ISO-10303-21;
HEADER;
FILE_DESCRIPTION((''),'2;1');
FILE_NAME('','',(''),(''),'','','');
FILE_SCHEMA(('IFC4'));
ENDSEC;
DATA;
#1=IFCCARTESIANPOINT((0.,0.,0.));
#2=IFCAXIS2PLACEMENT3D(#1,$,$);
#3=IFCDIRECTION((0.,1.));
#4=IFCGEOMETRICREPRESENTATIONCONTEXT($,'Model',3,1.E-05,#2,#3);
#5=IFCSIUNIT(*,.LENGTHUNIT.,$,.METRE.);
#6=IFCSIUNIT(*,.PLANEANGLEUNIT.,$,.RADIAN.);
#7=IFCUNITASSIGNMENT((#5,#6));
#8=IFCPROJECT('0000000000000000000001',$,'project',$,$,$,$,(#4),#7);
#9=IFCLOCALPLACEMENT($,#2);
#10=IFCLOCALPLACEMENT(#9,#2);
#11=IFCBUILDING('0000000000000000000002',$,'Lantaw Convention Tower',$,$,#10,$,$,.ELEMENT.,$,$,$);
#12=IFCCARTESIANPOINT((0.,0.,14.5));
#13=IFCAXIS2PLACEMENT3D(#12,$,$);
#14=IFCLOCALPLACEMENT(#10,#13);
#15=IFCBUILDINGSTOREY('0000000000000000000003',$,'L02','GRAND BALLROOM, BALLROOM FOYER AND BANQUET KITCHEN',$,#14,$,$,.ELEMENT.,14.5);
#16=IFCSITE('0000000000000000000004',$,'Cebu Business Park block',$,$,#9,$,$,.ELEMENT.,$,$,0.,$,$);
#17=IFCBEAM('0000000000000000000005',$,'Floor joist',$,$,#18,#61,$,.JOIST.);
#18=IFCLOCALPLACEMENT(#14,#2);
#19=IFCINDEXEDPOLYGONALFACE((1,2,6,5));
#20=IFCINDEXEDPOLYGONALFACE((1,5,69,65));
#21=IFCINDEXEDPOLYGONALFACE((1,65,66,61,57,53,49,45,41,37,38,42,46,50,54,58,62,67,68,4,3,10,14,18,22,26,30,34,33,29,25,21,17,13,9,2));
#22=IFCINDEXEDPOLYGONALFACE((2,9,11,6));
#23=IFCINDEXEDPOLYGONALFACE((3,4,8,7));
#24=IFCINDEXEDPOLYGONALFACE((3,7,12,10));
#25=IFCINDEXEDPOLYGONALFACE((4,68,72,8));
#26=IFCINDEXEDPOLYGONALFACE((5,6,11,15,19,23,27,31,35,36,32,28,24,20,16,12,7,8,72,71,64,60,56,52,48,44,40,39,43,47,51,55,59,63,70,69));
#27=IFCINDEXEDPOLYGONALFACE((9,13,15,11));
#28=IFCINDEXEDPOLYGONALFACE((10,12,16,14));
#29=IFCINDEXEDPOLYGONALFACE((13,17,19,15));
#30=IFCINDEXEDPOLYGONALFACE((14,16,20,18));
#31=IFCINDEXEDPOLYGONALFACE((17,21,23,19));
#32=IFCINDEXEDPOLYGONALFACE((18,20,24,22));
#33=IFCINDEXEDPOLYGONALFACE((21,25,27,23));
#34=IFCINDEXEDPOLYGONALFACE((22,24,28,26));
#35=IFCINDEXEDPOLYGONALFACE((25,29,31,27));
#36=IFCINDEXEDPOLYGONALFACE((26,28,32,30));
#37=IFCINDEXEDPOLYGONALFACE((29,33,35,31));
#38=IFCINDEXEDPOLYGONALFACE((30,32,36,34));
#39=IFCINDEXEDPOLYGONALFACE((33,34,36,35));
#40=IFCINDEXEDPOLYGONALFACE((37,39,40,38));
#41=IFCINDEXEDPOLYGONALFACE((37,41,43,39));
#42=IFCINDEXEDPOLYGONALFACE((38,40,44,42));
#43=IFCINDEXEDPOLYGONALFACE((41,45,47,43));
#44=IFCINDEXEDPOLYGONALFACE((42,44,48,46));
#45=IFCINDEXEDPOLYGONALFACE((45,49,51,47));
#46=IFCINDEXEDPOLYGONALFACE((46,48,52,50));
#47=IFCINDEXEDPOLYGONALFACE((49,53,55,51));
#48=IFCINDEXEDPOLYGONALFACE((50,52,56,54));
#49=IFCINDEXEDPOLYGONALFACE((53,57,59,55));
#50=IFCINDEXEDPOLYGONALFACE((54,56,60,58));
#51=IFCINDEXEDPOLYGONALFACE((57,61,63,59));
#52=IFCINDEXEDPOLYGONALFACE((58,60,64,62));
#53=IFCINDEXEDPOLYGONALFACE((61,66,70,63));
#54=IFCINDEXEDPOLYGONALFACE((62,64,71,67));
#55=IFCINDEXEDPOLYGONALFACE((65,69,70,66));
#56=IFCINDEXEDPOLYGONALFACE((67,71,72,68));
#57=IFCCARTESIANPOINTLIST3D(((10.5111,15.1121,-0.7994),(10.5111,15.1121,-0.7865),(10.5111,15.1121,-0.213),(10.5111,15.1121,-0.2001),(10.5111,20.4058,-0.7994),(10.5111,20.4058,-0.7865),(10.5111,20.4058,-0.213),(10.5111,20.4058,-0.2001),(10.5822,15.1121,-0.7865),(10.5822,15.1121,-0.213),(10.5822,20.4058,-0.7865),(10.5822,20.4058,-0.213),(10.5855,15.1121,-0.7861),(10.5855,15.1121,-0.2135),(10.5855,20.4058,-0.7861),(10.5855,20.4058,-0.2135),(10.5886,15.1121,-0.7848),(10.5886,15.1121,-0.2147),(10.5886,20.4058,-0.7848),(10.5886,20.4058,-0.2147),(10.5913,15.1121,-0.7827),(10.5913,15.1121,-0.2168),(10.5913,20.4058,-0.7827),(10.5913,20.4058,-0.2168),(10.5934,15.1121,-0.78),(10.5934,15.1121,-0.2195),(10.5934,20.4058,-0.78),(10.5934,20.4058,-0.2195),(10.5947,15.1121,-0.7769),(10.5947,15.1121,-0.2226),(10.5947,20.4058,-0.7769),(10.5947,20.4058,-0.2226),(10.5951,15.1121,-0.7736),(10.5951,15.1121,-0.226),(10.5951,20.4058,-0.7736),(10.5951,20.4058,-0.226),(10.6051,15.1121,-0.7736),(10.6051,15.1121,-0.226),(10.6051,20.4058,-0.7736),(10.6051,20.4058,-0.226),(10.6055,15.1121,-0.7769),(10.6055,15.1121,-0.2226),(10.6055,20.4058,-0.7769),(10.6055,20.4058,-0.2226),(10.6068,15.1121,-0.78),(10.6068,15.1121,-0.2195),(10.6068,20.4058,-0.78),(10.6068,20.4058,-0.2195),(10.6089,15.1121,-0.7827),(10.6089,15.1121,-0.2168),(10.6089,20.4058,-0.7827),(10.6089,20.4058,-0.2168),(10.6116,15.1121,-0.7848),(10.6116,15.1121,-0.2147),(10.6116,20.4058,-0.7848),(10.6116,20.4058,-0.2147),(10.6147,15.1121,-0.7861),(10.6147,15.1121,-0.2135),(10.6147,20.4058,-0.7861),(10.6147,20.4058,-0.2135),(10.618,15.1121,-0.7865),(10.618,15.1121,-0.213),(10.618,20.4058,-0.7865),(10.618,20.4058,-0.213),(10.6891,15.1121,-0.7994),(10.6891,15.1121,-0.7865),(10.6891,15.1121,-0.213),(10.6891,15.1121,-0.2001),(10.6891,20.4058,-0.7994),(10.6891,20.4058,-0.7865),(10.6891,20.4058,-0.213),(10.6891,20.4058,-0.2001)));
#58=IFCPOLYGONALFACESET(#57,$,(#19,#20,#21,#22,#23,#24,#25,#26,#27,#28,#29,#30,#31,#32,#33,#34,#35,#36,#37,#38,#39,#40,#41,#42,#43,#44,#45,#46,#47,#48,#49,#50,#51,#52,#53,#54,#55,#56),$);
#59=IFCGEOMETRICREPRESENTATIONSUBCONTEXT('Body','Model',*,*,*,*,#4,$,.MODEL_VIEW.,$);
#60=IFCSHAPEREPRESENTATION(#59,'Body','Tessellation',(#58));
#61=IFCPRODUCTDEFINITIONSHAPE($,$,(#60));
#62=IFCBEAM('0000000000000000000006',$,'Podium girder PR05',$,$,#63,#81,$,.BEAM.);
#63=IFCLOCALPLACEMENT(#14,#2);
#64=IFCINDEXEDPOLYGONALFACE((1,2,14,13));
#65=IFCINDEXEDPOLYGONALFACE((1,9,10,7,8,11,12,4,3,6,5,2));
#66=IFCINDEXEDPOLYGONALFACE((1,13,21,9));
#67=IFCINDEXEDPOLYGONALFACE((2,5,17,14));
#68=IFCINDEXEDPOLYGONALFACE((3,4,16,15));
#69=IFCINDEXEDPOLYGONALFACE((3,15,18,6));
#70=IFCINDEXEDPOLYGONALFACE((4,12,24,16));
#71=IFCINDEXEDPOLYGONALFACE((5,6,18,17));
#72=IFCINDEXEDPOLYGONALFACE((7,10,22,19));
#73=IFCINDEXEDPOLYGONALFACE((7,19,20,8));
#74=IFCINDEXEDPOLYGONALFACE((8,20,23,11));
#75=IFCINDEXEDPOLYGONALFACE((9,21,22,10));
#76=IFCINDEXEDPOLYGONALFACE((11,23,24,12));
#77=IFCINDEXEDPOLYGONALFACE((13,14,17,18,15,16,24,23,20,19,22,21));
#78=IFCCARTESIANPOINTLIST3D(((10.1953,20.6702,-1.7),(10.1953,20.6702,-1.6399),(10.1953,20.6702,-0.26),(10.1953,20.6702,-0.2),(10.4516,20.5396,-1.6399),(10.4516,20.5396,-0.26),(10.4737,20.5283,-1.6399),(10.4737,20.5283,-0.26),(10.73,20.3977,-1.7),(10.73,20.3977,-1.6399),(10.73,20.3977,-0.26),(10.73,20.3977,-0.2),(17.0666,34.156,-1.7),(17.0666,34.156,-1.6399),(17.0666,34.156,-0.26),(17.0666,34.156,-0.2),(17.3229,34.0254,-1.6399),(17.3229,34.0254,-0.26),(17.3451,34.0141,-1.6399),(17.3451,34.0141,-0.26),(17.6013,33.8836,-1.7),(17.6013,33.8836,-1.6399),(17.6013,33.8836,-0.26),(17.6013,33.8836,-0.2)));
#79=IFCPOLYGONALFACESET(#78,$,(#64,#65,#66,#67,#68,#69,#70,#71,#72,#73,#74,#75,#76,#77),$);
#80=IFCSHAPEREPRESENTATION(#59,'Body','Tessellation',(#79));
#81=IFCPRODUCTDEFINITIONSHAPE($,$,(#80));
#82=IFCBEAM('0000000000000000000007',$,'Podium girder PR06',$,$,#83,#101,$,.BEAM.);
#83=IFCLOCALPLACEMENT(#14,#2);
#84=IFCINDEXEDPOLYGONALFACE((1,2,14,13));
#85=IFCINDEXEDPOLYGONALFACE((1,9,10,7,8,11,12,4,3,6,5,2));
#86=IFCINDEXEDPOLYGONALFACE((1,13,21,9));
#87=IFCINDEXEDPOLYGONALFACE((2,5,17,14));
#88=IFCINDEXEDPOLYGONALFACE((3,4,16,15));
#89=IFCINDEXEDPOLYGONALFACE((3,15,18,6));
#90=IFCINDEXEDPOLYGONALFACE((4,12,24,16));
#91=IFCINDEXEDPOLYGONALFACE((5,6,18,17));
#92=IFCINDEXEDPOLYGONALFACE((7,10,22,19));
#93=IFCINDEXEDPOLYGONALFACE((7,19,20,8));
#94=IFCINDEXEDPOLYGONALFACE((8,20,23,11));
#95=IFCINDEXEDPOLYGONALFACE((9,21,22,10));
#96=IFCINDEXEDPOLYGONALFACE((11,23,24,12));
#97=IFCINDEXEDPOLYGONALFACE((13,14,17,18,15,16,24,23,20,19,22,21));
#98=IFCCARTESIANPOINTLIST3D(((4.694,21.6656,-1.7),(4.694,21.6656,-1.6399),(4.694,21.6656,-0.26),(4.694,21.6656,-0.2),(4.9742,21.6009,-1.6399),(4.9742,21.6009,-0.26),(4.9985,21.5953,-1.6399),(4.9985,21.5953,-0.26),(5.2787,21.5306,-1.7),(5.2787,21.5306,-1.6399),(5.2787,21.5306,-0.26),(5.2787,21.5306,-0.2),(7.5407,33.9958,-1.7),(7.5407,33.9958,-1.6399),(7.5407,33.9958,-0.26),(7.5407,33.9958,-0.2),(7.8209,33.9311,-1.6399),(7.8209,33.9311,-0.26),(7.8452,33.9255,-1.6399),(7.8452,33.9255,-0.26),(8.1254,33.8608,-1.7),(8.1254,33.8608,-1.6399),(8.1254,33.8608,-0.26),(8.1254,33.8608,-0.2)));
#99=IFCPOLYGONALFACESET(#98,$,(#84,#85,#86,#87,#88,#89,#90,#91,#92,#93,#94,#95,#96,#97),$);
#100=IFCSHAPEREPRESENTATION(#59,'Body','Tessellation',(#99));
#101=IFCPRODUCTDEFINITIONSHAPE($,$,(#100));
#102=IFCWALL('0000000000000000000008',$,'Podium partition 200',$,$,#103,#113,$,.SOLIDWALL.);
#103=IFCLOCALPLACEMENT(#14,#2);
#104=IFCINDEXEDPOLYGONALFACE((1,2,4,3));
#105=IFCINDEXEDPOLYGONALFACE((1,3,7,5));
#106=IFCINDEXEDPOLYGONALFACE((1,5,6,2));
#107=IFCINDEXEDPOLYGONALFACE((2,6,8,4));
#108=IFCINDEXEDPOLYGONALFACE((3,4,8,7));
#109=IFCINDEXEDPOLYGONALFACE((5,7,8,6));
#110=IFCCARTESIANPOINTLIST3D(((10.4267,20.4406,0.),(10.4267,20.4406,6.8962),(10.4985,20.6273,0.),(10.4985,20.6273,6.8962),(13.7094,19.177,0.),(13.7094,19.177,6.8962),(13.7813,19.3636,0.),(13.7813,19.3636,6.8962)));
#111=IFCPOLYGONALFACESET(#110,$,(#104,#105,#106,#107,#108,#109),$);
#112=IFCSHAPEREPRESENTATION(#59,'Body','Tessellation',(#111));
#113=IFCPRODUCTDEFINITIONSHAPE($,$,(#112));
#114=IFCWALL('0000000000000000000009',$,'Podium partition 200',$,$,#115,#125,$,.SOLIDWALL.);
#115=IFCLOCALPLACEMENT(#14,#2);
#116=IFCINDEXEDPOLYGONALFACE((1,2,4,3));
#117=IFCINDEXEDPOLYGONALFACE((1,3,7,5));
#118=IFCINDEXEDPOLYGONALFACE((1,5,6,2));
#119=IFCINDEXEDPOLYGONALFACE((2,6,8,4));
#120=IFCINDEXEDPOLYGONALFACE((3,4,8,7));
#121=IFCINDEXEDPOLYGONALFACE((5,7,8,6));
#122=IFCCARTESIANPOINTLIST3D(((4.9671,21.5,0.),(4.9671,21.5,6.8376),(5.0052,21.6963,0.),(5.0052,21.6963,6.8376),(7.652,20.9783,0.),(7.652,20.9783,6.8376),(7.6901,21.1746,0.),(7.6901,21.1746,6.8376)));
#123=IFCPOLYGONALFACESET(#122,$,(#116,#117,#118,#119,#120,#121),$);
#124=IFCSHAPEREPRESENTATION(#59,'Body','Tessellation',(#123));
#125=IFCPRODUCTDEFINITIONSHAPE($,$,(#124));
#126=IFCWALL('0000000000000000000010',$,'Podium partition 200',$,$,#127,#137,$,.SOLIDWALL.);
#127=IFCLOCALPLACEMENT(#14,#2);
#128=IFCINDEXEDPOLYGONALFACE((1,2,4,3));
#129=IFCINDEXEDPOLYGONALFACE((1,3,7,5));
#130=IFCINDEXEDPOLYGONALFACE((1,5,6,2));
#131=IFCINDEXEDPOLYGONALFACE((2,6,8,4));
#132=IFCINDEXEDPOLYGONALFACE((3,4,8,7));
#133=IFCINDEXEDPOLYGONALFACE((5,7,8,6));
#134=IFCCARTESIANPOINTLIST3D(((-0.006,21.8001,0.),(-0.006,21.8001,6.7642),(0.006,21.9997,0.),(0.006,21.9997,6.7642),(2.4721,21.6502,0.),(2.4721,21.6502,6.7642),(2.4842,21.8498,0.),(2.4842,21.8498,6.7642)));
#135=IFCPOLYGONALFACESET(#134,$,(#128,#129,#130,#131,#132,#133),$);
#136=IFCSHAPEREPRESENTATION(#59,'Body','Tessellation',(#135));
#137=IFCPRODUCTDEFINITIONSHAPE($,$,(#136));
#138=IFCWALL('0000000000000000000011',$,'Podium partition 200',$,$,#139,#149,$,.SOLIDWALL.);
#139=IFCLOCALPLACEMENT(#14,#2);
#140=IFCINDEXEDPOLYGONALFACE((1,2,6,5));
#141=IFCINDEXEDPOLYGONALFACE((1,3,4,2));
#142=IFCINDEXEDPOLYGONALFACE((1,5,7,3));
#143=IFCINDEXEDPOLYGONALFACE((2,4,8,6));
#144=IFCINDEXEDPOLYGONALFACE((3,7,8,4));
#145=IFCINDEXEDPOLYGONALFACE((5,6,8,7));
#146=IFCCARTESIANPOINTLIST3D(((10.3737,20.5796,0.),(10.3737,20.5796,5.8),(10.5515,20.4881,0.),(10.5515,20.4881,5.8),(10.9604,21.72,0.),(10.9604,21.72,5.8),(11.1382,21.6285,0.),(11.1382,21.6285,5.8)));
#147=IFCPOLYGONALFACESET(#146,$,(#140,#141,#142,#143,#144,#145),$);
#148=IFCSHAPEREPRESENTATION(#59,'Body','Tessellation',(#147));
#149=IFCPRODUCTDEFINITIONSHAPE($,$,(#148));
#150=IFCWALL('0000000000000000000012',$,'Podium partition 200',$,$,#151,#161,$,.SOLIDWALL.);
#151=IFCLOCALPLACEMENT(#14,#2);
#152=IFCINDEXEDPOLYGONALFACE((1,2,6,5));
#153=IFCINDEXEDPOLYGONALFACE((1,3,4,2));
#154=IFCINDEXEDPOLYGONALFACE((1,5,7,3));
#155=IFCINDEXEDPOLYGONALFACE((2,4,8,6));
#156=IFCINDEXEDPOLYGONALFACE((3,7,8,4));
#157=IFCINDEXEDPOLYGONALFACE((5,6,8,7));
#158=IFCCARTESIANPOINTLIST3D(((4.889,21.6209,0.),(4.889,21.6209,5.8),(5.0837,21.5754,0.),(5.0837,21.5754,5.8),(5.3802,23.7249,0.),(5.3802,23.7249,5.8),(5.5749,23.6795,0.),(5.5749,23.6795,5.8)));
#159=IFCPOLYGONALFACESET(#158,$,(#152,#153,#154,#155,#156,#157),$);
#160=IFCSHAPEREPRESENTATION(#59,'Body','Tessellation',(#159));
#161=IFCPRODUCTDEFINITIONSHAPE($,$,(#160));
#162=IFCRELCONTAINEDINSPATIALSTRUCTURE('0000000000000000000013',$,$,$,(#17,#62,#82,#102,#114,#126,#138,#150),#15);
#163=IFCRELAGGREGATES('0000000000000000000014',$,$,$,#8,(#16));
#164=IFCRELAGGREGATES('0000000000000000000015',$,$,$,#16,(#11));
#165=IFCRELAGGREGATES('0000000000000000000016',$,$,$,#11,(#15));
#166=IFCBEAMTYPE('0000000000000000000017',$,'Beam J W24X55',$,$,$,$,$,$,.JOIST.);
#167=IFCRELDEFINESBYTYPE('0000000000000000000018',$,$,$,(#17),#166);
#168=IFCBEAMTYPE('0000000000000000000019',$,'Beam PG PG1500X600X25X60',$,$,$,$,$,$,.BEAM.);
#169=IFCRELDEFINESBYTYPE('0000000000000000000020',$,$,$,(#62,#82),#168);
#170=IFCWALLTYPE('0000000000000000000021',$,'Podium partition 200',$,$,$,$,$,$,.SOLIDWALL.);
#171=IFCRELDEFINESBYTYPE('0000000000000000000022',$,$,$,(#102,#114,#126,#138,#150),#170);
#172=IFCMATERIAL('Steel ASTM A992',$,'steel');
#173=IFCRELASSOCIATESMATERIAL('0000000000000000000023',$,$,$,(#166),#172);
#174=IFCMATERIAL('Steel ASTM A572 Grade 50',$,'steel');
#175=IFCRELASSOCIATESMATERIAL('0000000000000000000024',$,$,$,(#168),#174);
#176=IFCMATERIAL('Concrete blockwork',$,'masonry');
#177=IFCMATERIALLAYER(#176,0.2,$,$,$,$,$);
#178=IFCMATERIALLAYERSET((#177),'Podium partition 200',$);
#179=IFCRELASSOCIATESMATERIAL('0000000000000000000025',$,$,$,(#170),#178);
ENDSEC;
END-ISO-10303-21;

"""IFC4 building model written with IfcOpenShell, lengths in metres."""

from ifc_helpers import new_model, si_unit, direction, frame, frame_2d, origin, origin_2d, place, context, subcontext, project, spatial, rectangle, i_section, extrude, material, layer, layer_set, material_profile, profile_set, type_object, element, save


model = new_model("IFC4")

# Units and contexts
model_context = context("Model", 3, precision=1e-05, world=origin(), true_north=direction((0.0, 1.0)))
body_context = subcontext(model_context, "Body", "Model", "MODEL_VIEW")
ifc_project = project(units=[si_unit("LENGTHUNIT", "METRE"), si_unit("PLANEANGLEUNIT", "RADIAN")], contexts=[model_context])

# Site, building, storey
site_placement = place(None, origin())
site = spatial("IfcSite", under=ifc_project, at=site_placement, Name="Cebu Business Park block", CompositionType="ELEMENT", RefElevation=0.0)
building_placement = place(site_placement, origin())
building = spatial("IfcBuilding", under=site, at=building_placement, Name="Lantaw Convention Tower", CompositionType="ELEMENT")
storey_placement = place(building_placement, frame((0.0, 0.0, 14.5)))
storey = spatial("IfcBuildingStorey", under=building, at=storey_placement, Name="L02", Description="GRAND BALLROOM, BALLROOM FOYER AND BANQUET KITCHEN", CompositionType="ELEMENT", Elevation=14.5)

# Shared definitions
ifc_material_1 = material(Name="Steel ASTM A572 Grade 50", Category="steel")

# Beams
ifc_material_2 = material(Name="Steel ASTM A992", Category="steel")
ifc_material_profile_1 = material_profile(ifc_material_2, i_section(OverallWidth=0.178, OverallDepth=0.5994, WebThickness=0.01, FlangeThickness=0.0129, FilletRadius=0.0129, at=origin_2d()), Name="W24X55")
ifc_profile_set_1 = profile_set([ifc_material_profile_1], Name="Steel ASTM A992")
beam_type_1 = type_object("IfcBeamType", Name="Beam J W24X55", PredefinedType="JOIST", material=ifc_profile_set_1)
beam_1_placement = place(storey_placement, frame((10.6001, 15.1121, -0.4998), z_axis=(0.0, 1.0, 0.0), x_axis=(-1.0, 0.0, 0.0)))
element("IfcBeam", 1, at=beam_1_placement, inside=storey, type_object=beam_type_1, Name="Floor joist", PredefinedType="JOIST", context=body_context, shape_type="SweptSolid", body=[
    extrude(i_section(OverallWidth=0.178, OverallDepth=0.5994, WebThickness=0.01, FlangeThickness=0.0129, FilletRadius=0.0129, at=origin_2d()), origin(), (0.0, 0.0, 1.0), 5.2937),
])
ifc_material_profile_2 = material_profile(ifc_material_1, i_section(OverallWidth=0.6001, OverallDepth=1.5, WebThickness=0.0249, FlangeThickness=0.0601, at=origin_2d()), Name="PG1500X600X25X60")
ifc_profile_set_2 = profile_set([ifc_material_profile_2], Name="Steel ASTM A572 Grade 50")
beam_type_2 = type_object("IfcBeamType", Name="Beam PG PG1500X600X25X60", PredefinedType="BEAM", material=ifc_profile_set_2)
beam_2_placement = place(storey_placement, frame((10.4626, 20.5339, -0.95), z_axis=(0.453988, 0.891008, 0.0), x_axis=(-0.891008, 0.453988, 0.0)))
element("IfcBeam", 2, at=beam_2_placement, inside=storey, type_object=beam_type_2, Name="Podium girder PR05", PredefinedType="BEAM", context=body_context, shape_type="SweptSolid", body=[
    extrude(i_section(OverallWidth=0.6001, OverallDepth=1.5, WebThickness=0.0249, FlangeThickness=0.0601, at=origin_2d()), origin(), (0.0, 0.0, 1.0), 15.1355),
])
beam_3_placement = place(storey_placement, frame((4.9863, 21.5981, -0.95), z_axis=(0.224955, 0.974369, 0.0), x_axis=(-0.974369, 0.224955, 0.0)))
element("IfcBeam", 3, at=beam_3_placement, inside=storey, type_object=beam_type_2, Name="Podium girder PR06", PredefinedType="BEAM", context=body_context, shape_type="SweptSolid", body=[
    extrude(i_section(OverallWidth=0.6001, OverallDepth=1.5, WebThickness=0.0249, FlangeThickness=0.0601, at=origin_2d()), origin(), (0.0, 0.0, 1.0), 12.6545),
])

# Wall
ifc_material_3 = material(Name="Concrete blockwork", Category="masonry")
ifc_layer_1 = layer(ifc_material_3, 0.2)
ifc_layer_set_1 = layer_set([ifc_layer_1], Name="Podium partition 200")
wall_type_1 = type_object("IfcWallType", Name="Podium partition 200", PredefinedType="SOLIDWALL", material=ifc_layer_set_1)
wall_1_placement = place(storey_placement, frame((13.7454, 19.2703, 0.0), z_axis=(0.0, 0.0, 1.0), x_axis=(-0.933242, 0.359249, 0.0)))
element("IfcWall", 4, at=wall_1_placement, inside=storey, type_object=wall_type_1, Name="Podium partition 200", PredefinedType="SOLIDWALL", context=body_context, shape_type="SweptSolid", body=[
    extrude(rectangle(XDim=3.5176, YDim=0.2, at=frame_2d((1.7588, 0.0))), origin(), (0.0, 0.0, 1.0), 6.8962),
])

# Walls
wall_2_placement = place(storey_placement, frame((7.6711, 21.0764, 0.0), z_axis=(0.0, 0.0, 1.0), x_axis=(-0.981637, 0.190757, 0.0)))
element("IfcWall", 5, at=wall_2_placement, inside=storey, type_object=wall_type_1, Name="Podium partition 200", PredefinedType="SOLIDWALL", context=body_context, shape_type="SweptSolid", body=[
    extrude(rectangle(XDim=2.7351, YDim=0.2, at=frame_2d((1.3677, 0.0))), origin(), (0.0, 0.0, 1.0), 6.8376),
])
wall_3_placement = place(storey_placement, frame((2.478, 21.75, 0.0), z_axis=(0.0, 0.0, 1.0), x_axis=(-0.998175, 0.060382, 0.0)))
element("IfcWall", 6, at=wall_3_placement, inside=storey, type_object=wall_type_1, Name="Podium partition 200", PredefinedType="SOLIDWALL", context=body_context, shape_type="SweptSolid", body=[
    extrude(rectangle(XDim=2.4827, YDim=0.2, at=frame_2d((1.2412, 0.0))), origin(), (0.0, 0.0, 1.0), 6.7642),
])
wall_4_placement = place(storey_placement, frame((10.4626, 20.5339, 0.0), z_axis=(0.0, 0.0, 1.0), x_axis=(0.457464, 0.889228, 0.0)))
element("IfcWall", 7, at=wall_4_placement, inside=storey, type_object=wall_type_1, Name="Podium partition 200", PredefinedType="SOLIDWALL", context=body_context, shape_type="SweptSolid", body=[
    extrude(rectangle(XDim=1.2825, YDim=0.2, at=frame_2d((0.6411, 0.0))), origin(), (0.0, 0.0, 1.0), 5.8),
])
wall_5_placement = place(storey_placement, frame((4.9863, 21.5981, 0.0), z_axis=(0.0, 0.0, 1.0), x_axis=(0.227351, 0.973813, 0.0)))
element("IfcWall", 8, at=wall_5_placement, inside=storey, type_object=wall_type_1, Name="Podium partition 200", PredefinedType="SOLIDWALL", context=body_context, shape_type="SweptSolid", body=[
    extrude(rectangle(XDim=2.1606, YDim=0.2, at=frame_2d((1.0803, 0.0))), origin(), (0.0, 0.0, 1.0), 5.8),
])

save(model, "model.ifc")
